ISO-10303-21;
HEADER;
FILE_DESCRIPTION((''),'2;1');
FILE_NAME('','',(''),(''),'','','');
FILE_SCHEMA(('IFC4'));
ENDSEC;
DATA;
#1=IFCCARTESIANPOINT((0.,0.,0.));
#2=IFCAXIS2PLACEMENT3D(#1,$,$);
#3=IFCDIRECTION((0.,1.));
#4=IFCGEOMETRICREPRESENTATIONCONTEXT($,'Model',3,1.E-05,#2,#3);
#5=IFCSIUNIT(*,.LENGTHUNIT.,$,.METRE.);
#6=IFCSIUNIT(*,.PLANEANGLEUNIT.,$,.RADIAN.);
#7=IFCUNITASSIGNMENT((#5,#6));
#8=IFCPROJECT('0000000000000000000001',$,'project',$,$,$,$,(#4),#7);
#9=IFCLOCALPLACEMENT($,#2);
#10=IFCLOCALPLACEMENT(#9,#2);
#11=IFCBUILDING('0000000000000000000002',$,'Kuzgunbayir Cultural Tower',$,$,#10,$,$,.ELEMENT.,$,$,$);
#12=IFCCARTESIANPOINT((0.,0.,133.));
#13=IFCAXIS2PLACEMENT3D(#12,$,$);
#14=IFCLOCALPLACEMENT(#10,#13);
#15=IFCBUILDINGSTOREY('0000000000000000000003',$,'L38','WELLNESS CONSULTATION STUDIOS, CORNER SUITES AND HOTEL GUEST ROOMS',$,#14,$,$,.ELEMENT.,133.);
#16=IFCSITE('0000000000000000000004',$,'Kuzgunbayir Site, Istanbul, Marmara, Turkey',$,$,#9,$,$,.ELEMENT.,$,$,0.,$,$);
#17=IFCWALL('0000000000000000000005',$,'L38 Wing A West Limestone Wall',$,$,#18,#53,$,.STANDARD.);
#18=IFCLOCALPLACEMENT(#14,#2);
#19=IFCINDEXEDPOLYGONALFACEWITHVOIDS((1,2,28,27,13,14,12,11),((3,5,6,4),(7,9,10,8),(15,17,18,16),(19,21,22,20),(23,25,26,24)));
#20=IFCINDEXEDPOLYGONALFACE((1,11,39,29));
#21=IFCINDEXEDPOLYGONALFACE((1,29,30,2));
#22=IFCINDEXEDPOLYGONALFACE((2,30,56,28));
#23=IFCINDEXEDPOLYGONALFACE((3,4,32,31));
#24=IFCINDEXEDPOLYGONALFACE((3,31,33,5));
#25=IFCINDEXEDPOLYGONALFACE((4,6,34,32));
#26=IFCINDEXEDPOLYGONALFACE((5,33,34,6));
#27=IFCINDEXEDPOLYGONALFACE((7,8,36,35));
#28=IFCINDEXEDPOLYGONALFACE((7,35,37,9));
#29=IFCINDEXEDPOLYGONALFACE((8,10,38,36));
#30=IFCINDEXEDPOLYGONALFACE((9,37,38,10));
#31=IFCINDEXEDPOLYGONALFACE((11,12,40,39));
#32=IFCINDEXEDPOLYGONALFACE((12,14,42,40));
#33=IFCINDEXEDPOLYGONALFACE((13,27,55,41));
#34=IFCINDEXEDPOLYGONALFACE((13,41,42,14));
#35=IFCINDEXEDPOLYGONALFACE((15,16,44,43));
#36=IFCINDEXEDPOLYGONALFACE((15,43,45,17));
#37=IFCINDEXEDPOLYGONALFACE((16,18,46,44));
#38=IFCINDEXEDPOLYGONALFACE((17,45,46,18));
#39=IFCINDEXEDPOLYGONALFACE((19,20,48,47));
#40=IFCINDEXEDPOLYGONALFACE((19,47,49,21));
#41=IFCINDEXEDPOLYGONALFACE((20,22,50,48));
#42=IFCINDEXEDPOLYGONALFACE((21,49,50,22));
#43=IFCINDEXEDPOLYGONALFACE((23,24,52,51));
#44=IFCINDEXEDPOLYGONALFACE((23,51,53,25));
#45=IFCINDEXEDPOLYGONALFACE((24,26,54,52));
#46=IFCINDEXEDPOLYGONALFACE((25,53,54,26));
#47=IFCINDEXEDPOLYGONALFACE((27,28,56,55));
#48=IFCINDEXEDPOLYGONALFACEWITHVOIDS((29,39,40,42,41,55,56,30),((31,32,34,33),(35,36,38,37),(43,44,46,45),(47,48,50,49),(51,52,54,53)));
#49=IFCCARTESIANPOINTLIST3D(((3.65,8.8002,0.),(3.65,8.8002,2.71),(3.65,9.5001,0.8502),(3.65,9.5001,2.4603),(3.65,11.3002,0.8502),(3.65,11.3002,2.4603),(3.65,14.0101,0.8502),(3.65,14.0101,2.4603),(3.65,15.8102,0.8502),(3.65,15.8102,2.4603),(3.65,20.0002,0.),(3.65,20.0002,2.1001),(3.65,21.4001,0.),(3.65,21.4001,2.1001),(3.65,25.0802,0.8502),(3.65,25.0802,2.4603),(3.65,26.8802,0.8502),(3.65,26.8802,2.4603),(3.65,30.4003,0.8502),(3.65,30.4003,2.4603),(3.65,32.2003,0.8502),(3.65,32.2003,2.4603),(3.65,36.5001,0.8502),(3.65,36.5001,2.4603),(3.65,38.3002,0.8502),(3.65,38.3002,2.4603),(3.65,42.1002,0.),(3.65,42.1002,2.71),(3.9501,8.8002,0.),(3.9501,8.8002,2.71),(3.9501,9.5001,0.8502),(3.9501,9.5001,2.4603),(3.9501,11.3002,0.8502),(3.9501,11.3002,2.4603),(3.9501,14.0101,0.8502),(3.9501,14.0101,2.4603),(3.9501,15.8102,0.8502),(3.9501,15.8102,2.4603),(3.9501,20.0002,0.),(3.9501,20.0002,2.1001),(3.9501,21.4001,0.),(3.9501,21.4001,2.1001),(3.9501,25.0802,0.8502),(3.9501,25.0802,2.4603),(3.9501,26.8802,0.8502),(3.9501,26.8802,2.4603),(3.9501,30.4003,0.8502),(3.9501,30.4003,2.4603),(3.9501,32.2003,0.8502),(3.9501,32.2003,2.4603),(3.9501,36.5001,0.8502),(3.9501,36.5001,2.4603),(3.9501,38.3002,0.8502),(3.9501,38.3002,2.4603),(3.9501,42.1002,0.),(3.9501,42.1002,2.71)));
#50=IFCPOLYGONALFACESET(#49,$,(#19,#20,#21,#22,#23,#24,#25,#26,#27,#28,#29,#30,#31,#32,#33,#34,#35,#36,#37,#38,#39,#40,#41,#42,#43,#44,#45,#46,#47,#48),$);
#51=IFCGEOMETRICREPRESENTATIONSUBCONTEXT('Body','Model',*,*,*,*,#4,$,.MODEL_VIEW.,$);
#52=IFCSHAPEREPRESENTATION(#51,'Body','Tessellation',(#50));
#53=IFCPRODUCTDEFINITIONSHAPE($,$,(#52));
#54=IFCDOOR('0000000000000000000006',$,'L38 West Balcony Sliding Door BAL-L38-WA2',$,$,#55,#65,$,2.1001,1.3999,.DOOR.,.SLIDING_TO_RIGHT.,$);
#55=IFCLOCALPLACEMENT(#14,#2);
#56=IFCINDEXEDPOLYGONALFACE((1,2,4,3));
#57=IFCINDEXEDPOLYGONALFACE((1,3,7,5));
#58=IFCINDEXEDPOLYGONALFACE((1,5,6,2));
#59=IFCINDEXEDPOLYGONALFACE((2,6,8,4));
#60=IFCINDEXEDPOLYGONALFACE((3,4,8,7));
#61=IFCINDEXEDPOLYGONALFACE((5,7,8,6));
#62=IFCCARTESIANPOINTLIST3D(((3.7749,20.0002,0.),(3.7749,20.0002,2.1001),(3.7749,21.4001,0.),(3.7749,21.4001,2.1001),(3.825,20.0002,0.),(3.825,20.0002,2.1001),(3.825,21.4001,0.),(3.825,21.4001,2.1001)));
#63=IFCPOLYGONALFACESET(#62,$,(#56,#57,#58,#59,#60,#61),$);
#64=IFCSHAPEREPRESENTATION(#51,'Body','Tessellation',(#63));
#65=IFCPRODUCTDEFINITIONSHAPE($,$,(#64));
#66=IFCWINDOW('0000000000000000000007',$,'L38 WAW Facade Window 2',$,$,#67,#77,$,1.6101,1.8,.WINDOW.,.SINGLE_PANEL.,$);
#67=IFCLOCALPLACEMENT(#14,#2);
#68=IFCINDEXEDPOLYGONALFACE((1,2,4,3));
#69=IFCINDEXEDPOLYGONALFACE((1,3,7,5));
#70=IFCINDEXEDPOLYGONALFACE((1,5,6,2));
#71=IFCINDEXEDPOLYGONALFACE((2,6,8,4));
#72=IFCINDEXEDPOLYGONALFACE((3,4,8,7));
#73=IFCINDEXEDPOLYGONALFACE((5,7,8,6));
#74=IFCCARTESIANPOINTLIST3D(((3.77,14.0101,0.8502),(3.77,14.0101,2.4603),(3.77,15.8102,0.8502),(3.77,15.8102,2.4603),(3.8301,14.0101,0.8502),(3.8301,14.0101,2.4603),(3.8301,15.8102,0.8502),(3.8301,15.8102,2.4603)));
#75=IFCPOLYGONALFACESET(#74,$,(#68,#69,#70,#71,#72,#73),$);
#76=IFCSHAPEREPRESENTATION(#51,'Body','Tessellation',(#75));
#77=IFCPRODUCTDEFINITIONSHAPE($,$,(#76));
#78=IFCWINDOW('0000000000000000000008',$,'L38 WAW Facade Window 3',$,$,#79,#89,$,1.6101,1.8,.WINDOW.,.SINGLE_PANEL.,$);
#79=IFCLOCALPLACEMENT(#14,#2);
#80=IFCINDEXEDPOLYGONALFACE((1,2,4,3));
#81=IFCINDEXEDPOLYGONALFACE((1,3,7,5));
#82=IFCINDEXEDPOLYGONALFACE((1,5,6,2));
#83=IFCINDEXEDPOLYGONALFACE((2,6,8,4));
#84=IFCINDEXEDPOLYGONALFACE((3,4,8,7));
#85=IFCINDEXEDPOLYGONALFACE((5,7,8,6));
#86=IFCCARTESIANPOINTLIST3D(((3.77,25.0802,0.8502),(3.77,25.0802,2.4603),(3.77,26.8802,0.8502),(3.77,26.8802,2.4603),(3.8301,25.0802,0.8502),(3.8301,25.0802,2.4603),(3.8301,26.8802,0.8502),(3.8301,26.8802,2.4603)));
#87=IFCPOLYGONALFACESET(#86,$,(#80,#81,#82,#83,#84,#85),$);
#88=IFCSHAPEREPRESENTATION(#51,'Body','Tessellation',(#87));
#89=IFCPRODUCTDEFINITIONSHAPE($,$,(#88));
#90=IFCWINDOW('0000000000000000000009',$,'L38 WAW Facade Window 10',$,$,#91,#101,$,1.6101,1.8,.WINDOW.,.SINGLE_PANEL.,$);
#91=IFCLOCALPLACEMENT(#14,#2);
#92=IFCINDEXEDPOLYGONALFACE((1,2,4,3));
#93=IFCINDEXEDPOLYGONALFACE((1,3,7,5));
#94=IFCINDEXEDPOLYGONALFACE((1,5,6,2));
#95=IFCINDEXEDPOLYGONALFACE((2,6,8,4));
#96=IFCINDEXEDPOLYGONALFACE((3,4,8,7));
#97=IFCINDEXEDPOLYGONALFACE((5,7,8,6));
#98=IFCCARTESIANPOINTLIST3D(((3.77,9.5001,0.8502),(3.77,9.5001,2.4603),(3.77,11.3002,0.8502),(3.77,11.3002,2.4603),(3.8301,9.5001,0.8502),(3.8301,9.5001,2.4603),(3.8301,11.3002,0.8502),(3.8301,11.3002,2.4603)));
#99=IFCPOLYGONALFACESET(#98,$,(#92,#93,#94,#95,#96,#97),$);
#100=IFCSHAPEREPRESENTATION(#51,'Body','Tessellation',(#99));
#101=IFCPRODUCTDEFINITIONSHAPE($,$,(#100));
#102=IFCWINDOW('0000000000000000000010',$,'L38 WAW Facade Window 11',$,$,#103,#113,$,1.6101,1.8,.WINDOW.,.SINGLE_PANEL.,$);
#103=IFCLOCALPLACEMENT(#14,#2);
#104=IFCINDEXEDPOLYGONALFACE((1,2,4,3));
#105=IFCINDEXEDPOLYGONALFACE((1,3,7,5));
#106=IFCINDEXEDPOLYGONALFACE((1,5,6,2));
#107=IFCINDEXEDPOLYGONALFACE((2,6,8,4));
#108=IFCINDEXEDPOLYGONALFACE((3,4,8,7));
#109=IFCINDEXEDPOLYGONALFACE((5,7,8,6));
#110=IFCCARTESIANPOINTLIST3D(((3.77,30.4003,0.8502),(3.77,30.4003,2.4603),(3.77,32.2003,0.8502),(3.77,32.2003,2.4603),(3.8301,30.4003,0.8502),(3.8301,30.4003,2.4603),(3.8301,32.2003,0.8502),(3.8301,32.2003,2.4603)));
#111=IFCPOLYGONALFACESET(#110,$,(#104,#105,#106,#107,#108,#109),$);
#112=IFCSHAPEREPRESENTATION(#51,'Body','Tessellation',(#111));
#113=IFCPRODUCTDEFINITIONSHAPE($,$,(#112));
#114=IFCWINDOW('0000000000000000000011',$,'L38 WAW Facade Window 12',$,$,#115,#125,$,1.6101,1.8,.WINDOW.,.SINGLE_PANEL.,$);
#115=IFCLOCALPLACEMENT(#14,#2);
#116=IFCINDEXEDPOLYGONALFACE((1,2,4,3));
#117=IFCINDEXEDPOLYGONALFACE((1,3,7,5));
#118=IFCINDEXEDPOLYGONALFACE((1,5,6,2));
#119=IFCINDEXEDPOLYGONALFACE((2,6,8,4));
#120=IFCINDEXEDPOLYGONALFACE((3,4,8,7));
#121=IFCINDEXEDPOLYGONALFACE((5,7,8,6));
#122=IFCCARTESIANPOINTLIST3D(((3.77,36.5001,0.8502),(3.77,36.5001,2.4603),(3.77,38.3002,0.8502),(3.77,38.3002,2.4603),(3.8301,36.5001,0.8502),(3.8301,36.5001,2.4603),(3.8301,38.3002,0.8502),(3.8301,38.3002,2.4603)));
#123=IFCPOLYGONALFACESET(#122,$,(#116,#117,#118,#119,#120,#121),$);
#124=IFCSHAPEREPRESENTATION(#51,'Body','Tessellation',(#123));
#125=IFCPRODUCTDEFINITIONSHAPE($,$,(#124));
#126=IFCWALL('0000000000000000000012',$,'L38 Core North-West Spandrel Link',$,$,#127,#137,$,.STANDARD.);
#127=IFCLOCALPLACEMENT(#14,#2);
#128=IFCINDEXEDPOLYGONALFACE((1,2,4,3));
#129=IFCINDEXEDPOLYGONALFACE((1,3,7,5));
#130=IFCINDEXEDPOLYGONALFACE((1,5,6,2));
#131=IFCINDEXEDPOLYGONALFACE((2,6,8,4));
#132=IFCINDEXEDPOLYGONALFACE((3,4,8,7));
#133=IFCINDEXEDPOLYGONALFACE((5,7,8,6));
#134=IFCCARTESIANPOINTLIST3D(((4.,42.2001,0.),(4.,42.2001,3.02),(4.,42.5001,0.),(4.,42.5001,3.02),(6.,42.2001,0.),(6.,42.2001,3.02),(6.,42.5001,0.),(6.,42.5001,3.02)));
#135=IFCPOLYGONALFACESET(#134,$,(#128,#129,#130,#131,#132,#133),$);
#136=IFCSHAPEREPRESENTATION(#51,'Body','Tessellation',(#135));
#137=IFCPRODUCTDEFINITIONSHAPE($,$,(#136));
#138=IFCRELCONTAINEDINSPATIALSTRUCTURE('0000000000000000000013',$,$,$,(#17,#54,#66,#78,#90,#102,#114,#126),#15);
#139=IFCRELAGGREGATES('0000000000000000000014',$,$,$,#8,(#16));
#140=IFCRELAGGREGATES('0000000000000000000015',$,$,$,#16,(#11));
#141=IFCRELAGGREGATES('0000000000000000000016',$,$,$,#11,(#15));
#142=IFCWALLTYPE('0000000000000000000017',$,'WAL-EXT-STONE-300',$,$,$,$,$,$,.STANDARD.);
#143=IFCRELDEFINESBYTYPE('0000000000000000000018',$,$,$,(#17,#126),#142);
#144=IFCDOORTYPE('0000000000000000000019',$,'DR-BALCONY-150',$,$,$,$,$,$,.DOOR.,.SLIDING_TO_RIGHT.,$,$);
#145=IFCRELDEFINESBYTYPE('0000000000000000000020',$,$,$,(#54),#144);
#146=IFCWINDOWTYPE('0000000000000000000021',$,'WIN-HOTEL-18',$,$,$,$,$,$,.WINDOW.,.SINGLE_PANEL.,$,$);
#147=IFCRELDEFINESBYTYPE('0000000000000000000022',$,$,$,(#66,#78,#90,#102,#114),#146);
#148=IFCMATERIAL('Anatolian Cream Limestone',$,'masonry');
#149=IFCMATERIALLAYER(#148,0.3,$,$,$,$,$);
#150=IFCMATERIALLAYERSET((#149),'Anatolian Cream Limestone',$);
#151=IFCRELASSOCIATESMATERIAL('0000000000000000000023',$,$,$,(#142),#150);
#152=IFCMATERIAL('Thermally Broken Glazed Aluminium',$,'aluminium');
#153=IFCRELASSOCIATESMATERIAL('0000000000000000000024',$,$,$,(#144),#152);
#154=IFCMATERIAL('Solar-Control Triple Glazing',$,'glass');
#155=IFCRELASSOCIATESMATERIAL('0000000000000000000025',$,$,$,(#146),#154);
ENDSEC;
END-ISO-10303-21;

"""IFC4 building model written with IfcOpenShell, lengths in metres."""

from ifc_helpers import new_model, si_unit, direction, frame, frame_2d, origin, place, context, subcontext, project, spatial, rectangle, extrude, material, layer, layer_set, type_object, element, fill, save


model = new_model("IFC4")

# Units and contexts
model_context = context("Model", 3, precision=1e-05, world=origin(), true_north=direction((0.0, 1.0)))
body_context = subcontext(model_context, "Body", "Model", "MODEL_VIEW")
ifc_project = project(units=[si_unit("LENGTHUNIT", "METRE"), si_unit("PLANEANGLEUNIT", "RADIAN")], contexts=[model_context])

# Site, building, storey
site_placement = place(None, origin())
site = spatial("IfcSite", under=ifc_project, at=site_placement, Name="Kuzgunbayir Site, Istanbul, Marmara, Turkey", CompositionType="ELEMENT", RefElevation=0.0)
building_placement = place(site_placement, origin())
building = spatial("IfcBuilding", under=site, at=building_placement, Name="Kuzgunbayir Cultural Tower", CompositionType="ELEMENT")
storey_placement = place(building_placement, frame((0.0, 0.0, 133.0)))
storey = spatial("IfcBuildingStorey", under=building, at=storey_placement, Name="L38", Description="WELLNESS CONSULTATION STUDIOS, CORNER SUITES AND HOTEL GUEST ROOMS", CompositionType="ELEMENT", Elevation=133.0)

# Wall, openings, door, windows
ifc_material_1 = material(Name="Anatolian Cream Limestone", Category="masonry")
ifc_layer_1 = layer(ifc_material_1, 0.3)
ifc_layer_set_1 = layer_set([ifc_layer_1], Name="Anatolian Cream Limestone")
wall_type_1 = type_object("IfcWallType", Name="WAL-EXT-STONE-300", PredefinedType="STANDARD", material=ifc_layer_set_1)
wall_1_placement = place(storey_placement, frame((3.8, 42.1001, 0.0), z_axis=(0.0, 0.0, 1.0), x_axis=(0.0, -1.0, 0.0)))
wall_1 = element("IfcWall", 1, at=wall_1_placement, inside=storey, type_object=wall_type_1, Name="L38 Wing A West Limestone Wall", PredefinedType="STANDARD", context=body_context, shape_type="SweptSolid", body=[
    extrude(rectangle(XDim=33.3, YDim=0.3, at=frame_2d((16.6499, 0.0))), origin(), (0.0, 0.0, 1.0), 2.71),
])
opening_1_placement = place(wall_1_placement, frame((20.7, 0.0, 0.0)))
opening_1 = element("IfcOpeningElement", 2, at=opening_1_placement, cuts=wall_1, PredefinedType="OPENING", context=body_context, shape_type="SweptSolid", body=[
    extrude(rectangle(XDim=1.3999, YDim=2.1001, at=frame_2d((0.7, 1.05))), frame((0.0, 0.1602, 0.0), z_axis=(0.0, -1.0, 0.0), x_axis=(1.0, 0.0, 0.0)), (0.0, 0.0, 1.0), 0.3201),
])
opening_2_placement = place(wall_1_placement, frame((26.29, 0.0, 0.8501)))
opening_2 = element("IfcOpeningElement", 3, at=opening_2_placement, cuts=wall_1, PredefinedType="OPENING", context=body_context, shape_type="SweptSolid", body=[
    extrude(rectangle(XDim=1.8, YDim=1.6101, at=frame_2d((0.8999, 0.8052))), frame((0.0, 0.1602, 0.0), z_axis=(0.0, -1.0, 0.0), x_axis=(1.0, 0.0, 0.0)), (0.0, 0.0, 1.0), 0.3201),
])
opening_3_placement = place(wall_1_placement, frame((15.22, 0.0, 0.8501)))
opening_3 = element("IfcOpeningElement", 4, at=opening_3_placement, cuts=wall_1, PredefinedType="OPENING", context=body_context, shape_type="SweptSolid", body=[
    extrude(rectangle(XDim=1.8, YDim=1.6101, at=frame_2d((0.8999, 0.8052))), frame((0.0, 0.1602, 0.0), z_axis=(0.0, -1.0, 0.0), x_axis=(1.0, 0.0, 0.0)), (0.0, 0.0, 1.0), 0.3201),
])
opening_4_placement = place(wall_1_placement, frame((30.8, 0.0, 0.8501)))
opening_4 = element("IfcOpeningElement", 5, at=opening_4_placement, cuts=wall_1, PredefinedType="OPENING", context=body_context, shape_type="SweptSolid", body=[
    extrude(rectangle(XDim=1.8, YDim=1.6101, at=frame_2d((0.8999, 0.8052))), frame((0.0, 0.1602, 0.0), z_axis=(0.0, -1.0, 0.0), x_axis=(1.0, 0.0, 0.0)), (0.0, 0.0, 1.0), 0.3201),
])
opening_5_placement = place(wall_1_placement, frame((9.8999, 0.0, 0.8501)))
opening_5 = element("IfcOpeningElement", 6, at=opening_5_placement, cuts=wall_1, PredefinedType="OPENING", context=body_context, shape_type="SweptSolid", body=[
    extrude(rectangle(XDim=1.8, YDim=1.6101, at=frame_2d((0.8999, 0.8052))), frame((0.0, 0.1602, 0.0), z_axis=(0.0, -1.0, 0.0), x_axis=(1.0, 0.0, 0.0)), (0.0, 0.0, 1.0), 0.3201),
])
opening_6_placement = place(wall_1_placement, frame((3.8, 0.0, 0.8501)))
opening_6 = element("IfcOpeningElement", 7, at=opening_6_placement, cuts=wall_1, PredefinedType="OPENING", context=body_context, shape_type="SweptSolid", body=[
    extrude(rectangle(XDim=1.8, YDim=1.6101, at=frame_2d((0.8999, 0.8052))), frame((0.0, 0.1602, 0.0), z_axis=(0.0, -1.0, 0.0), x_axis=(1.0, 0.0, 0.0)), (0.0, 0.0, 1.0), 0.3201),
])
ifc_material_2 = material(Name="Thermally Broken Glazed Aluminium", Category="aluminium")
door_type = type_object("IfcDoorType", Name="DR-BALCONY-150", OperationType="SLIDING_TO_RIGHT", PredefinedType="DOOR", material=ifc_material_2)
door_placement = place(opening_1_placement, origin())
door = element("IfcDoor", 8, at=door_placement, inside=storey, type_object=door_type, Name="L38 West Balcony Sliding Door BAL-L38-WA2", OperationType="SLIDING_TO_RIGHT", OverallHeight=2.1001, OverallWidth=1.3999, PredefinedType="DOOR", context=body_context, shape_type="SweptSolid", body=[
    extrude(rectangle(XDim=1.3999, YDim=2.1001, at=frame_2d((0.7, 1.05))), frame((0.0, 0.0249, 0.0), z_axis=(0.0, -1.0, 0.0), x_axis=(1.0, 0.0, 0.0)), (0.0, 0.0, 1.0), 0.05),
])
fill(opening_1, door)
ifc_material_3 = material(Name="Solar-Control Triple Glazing", Category="glass")
window_type = type_object("IfcWindowType", Name="WIN-HOTEL-18", PartitioningType="SINGLE_PANEL", PredefinedType="WINDOW", material=ifc_material_3)
window_1_placement = place(opening_2_placement, origin())
window_1 = element("IfcWindow", 9, at=window_1_placement, inside=storey, type_object=window_type, Name="L38 WAW Facade Window 2", OverallHeight=1.6101, OverallWidth=1.8, PartitioningType="SINGLE_PANEL", PredefinedType="WINDOW", context=body_context, shape_type="SweptSolid", body=[
    extrude(rectangle(XDim=1.8, YDim=1.6101, at=frame_2d((0.8999, 0.8052))), frame((0.0, 0.03, 0.0), z_axis=(0.0, -1.0, 0.0), x_axis=(1.0, 0.0, 0.0)), (0.0, 0.0, 1.0), 0.0601),
])
fill(opening_2, window_1)
window_2_placement = place(opening_3_placement, origin())
window_2 = element("IfcWindow", 10, at=window_2_placement, inside=storey, type_object=window_type, Name="L38 WAW Facade Window 3", OverallHeight=1.6101, OverallWidth=1.8, PartitioningType="SINGLE_PANEL", PredefinedType="WINDOW", context=body_context, shape_type="SweptSolid", body=[
    extrude(rectangle(XDim=1.8, YDim=1.6101, at=frame_2d((0.8999, 0.8052))), frame((0.0, 0.03, 0.0), z_axis=(0.0, -1.0, 0.0), x_axis=(1.0, 0.0, 0.0)), (0.0, 0.0, 1.0), 0.0601),
])
fill(opening_3, window_2)
window_3_placement = place(opening_4_placement, origin())
window_3 = element("IfcWindow", 11, at=window_3_placement, inside=storey, type_object=window_type, Name="L38 WAW Facade Window 10", OverallHeight=1.6101, OverallWidth=1.8, PartitioningType="SINGLE_PANEL", PredefinedType="WINDOW", context=body_context, shape_type="SweptSolid", body=[
    extrude(rectangle(XDim=1.8, YDim=1.6101, at=frame_2d((0.8999, 0.8052))), frame((0.0, 0.03, 0.0), z_axis=(0.0, -1.0, 0.0), x_axis=(1.0, 0.0, 0.0)), (0.0, 0.0, 1.0), 0.0601),
])
fill(opening_4, window_3)
window_4_placement = place(opening_5_placement, origin())
window_4 = element("IfcWindow", 12, at=window_4_placement, inside=storey, type_object=window_type, Name="L38 WAW Facade Window 11", OverallHeight=1.6101, OverallWidth=1.8, PartitioningType="SINGLE_PANEL", PredefinedType="WINDOW", context=body_context, shape_type="SweptSolid", body=[
    extrude(rectangle(XDim=1.8, YDim=1.6101, at=frame_2d((0.8999, 0.8052))), frame((0.0, 0.03, 0.0), z_axis=(0.0, -1.0, 0.0), x_axis=(1.0, 0.0, 0.0)), (0.0, 0.0, 1.0), 0.0601),
])
fill(opening_5, window_4)
window_5_placement = place(opening_6_placement, origin())
window_5 = element("IfcWindow", 13, at=window_5_placement, inside=storey, type_object=window_type, Name="L38 WAW Facade Window 12", OverallHeight=1.6101, OverallWidth=1.8, PartitioningType="SINGLE_PANEL", PredefinedType="WINDOW", context=body_context, shape_type="SweptSolid", body=[
    extrude(rectangle(XDim=1.8, YDim=1.6101, at=frame_2d((0.8999, 0.8052))), frame((0.0, 0.03, 0.0), z_axis=(0.0, -1.0, 0.0), x_axis=(1.0, 0.0, 0.0)), (0.0, 0.0, 1.0), 0.0601),
])
fill(opening_6, window_5)

# Wall
wall_2_placement = place(storey_placement, frame((6.0, 42.3501, 0.0), z_axis=(0.0, 0.0, 1.0), x_axis=(-1.0, 0.0, 0.0)))
element("IfcWall", 14, at=wall_2_placement, inside=storey, type_object=wall_type_1, Name="L38 Core North-West Spandrel Link", PredefinedType="STANDARD", context=body_context, shape_type="SweptSolid", body=[
    extrude(rectangle(XDim=2.0, YDim=0.3, at=frame_2d((1.0, 0.0))), origin(), (0.0, 0.0, 1.0), 3.02),
])

save(model, "model.ifc")
